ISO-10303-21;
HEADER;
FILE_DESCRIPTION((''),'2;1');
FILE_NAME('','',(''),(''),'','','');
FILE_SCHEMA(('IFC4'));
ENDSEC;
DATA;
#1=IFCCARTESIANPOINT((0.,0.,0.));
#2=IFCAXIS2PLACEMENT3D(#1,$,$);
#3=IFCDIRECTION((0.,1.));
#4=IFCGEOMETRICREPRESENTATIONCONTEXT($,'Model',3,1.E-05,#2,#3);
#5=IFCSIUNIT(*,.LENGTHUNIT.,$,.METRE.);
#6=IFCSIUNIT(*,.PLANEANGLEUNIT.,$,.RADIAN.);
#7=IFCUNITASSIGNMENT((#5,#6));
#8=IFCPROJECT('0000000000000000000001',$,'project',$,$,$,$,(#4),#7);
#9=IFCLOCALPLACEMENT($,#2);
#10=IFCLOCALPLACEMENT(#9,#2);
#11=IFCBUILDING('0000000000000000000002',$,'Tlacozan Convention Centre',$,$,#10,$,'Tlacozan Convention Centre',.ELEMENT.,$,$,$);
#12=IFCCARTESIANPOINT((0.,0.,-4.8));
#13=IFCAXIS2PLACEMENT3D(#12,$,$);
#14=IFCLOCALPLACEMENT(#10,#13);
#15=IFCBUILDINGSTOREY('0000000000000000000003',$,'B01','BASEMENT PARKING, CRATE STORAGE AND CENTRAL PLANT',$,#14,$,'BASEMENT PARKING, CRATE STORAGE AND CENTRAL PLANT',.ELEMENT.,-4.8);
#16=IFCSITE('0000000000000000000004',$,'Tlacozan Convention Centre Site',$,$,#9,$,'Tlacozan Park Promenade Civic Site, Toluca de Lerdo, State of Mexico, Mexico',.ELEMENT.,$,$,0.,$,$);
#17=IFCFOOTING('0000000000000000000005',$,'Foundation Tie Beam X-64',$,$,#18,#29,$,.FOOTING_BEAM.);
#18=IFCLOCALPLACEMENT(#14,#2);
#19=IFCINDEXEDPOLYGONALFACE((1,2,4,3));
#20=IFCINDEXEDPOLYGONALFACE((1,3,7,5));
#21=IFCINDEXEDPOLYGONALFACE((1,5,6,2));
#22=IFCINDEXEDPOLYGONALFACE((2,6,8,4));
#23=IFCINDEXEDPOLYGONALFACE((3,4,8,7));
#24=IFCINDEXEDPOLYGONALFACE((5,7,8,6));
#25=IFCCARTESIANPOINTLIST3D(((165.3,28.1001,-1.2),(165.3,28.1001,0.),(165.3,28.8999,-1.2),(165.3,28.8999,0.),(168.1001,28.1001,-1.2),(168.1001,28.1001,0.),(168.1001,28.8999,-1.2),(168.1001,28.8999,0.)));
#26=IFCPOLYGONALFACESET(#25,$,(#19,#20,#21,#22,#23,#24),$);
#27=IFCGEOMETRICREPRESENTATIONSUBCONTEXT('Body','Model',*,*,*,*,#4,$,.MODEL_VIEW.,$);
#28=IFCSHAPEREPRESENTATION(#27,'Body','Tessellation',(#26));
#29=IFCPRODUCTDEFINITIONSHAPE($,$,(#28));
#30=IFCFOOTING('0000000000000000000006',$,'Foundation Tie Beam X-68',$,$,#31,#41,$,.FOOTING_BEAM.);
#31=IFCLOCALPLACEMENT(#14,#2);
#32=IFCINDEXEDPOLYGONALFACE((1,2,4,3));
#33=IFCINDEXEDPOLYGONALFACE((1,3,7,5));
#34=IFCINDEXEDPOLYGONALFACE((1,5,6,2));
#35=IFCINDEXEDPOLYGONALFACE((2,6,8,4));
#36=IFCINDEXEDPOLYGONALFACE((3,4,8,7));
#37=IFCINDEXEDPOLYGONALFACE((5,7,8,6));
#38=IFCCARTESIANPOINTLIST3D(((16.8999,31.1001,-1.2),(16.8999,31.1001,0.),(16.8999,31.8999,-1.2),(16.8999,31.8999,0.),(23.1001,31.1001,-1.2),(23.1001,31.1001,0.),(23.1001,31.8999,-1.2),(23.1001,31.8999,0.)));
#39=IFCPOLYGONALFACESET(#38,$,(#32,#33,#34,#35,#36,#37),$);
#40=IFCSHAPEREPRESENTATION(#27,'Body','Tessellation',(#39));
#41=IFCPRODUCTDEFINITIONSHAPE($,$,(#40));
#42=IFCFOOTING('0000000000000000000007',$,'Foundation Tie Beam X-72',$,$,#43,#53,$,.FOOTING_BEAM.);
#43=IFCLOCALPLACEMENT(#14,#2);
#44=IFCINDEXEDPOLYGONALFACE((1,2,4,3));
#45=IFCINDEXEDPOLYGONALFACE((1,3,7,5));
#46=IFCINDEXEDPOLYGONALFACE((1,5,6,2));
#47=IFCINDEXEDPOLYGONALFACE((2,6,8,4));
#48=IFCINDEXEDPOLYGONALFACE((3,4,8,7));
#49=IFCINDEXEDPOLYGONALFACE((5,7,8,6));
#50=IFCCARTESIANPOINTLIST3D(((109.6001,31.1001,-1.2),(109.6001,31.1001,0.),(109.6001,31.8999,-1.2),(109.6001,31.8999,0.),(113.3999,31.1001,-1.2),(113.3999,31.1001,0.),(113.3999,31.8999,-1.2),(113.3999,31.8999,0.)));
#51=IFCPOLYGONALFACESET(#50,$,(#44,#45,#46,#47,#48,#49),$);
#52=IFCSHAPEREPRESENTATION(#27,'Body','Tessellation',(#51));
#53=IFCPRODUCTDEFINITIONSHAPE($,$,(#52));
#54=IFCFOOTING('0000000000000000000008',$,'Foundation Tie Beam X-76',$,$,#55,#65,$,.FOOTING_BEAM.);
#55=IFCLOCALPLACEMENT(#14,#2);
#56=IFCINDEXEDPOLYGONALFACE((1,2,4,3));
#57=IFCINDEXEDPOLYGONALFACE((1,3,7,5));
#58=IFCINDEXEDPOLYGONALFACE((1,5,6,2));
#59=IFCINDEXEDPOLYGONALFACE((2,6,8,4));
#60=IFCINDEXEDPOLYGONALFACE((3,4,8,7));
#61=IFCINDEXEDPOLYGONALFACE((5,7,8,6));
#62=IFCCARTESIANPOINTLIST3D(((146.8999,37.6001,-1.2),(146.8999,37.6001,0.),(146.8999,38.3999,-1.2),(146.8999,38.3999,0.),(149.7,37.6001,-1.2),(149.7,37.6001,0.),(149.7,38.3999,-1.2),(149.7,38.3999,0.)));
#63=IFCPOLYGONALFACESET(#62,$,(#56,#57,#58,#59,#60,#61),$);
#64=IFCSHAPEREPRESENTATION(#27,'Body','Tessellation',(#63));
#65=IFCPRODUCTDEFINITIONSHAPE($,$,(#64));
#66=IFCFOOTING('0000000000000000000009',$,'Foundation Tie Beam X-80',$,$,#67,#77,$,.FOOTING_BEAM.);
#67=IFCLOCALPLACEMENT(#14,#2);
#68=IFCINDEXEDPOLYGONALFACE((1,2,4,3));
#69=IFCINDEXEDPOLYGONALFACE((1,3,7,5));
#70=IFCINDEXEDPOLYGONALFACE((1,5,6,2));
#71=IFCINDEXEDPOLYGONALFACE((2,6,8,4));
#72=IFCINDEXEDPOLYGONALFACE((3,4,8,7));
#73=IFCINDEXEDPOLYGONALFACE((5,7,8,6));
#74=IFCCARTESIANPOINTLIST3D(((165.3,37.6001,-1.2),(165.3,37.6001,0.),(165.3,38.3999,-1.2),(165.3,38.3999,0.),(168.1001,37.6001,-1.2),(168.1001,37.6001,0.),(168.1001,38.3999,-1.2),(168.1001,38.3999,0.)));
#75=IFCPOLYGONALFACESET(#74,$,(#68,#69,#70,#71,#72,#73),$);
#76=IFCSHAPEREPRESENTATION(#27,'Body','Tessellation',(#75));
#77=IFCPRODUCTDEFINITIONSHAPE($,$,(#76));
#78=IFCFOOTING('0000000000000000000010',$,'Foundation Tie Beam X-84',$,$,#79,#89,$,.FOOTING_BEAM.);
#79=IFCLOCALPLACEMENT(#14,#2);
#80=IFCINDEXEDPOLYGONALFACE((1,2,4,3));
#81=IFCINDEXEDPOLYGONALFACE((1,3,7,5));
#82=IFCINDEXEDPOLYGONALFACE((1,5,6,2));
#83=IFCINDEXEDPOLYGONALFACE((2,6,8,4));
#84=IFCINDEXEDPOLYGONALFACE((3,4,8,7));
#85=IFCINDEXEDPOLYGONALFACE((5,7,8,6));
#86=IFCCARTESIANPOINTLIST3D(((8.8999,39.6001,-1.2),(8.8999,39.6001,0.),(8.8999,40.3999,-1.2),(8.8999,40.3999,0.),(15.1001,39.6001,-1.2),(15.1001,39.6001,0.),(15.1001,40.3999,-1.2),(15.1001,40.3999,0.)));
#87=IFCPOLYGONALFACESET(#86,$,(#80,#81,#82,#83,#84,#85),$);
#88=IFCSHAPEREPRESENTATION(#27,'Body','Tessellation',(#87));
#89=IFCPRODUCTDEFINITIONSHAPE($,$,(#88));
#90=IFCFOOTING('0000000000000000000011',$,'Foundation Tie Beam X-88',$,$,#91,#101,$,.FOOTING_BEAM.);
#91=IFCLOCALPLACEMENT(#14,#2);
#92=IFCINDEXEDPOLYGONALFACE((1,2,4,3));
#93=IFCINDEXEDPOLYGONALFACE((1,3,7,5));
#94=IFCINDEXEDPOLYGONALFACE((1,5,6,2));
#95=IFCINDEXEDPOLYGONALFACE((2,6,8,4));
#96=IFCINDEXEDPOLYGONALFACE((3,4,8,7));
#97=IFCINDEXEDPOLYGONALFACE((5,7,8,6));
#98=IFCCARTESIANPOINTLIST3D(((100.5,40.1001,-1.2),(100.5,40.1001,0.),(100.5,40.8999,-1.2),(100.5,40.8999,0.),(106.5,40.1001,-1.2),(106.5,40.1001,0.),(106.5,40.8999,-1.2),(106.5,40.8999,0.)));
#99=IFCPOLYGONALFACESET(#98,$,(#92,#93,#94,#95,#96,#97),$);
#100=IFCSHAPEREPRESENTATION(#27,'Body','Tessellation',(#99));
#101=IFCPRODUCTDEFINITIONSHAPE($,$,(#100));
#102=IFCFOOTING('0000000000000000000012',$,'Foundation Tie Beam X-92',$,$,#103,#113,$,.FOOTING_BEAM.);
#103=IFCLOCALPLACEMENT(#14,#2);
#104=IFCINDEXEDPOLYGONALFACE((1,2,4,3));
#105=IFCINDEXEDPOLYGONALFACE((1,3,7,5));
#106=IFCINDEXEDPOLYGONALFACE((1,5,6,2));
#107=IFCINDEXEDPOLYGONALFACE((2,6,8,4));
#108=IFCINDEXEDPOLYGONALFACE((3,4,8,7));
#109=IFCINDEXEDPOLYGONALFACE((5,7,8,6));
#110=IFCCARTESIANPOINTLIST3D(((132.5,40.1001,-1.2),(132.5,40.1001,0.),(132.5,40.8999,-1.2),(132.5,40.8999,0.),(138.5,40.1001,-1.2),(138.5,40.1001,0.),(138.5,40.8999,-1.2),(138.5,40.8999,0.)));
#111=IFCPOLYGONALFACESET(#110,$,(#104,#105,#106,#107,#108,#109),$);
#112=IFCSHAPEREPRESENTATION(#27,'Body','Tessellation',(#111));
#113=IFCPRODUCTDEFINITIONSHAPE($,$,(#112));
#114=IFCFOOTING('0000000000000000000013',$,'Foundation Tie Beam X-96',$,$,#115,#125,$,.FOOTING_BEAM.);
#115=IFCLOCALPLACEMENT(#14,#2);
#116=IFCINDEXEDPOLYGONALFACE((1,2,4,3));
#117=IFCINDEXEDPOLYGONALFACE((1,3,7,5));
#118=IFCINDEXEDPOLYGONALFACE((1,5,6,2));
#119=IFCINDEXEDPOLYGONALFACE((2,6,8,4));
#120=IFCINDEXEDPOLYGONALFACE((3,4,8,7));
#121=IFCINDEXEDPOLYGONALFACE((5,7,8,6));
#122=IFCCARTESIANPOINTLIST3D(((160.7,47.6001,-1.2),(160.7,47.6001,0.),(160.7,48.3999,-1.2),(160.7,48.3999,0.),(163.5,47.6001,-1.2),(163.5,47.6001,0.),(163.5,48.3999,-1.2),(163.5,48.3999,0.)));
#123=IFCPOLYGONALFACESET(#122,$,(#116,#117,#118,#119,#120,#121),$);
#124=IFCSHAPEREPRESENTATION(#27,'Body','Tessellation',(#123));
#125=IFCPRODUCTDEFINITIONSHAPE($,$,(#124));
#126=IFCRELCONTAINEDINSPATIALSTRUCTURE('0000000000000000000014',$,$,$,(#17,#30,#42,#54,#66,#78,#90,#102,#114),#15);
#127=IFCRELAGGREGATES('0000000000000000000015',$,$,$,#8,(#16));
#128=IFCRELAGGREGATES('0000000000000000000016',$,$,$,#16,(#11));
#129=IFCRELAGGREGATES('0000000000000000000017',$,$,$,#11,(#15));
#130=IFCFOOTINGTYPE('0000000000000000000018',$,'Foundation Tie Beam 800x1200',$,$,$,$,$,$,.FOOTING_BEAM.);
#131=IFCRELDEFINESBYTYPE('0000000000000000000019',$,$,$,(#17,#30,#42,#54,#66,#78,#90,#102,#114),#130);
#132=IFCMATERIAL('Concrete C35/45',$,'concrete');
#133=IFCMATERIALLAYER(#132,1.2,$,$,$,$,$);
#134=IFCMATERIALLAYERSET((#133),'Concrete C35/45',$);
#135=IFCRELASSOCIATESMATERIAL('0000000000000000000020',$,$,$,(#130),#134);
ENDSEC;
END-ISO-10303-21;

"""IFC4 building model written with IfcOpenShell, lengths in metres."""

from ifc_helpers import new_model, si_unit, direction, frame, origin, place, context, subcontext, project, spatial, polyline, outline, extrude, material, layer, layer_set, type_object, element, save


model = new_model("IFC4")

# Units and contexts
model_context = context("Model", 3, precision=1e-05, world=origin(), true_north=direction((0.0, 1.0)))
body_context = subcontext(model_context, "Body", "Model", "MODEL_VIEW")
ifc_project = project(units=[si_unit("LENGTHUNIT", "METRE"), si_unit("PLANEANGLEUNIT", "RADIAN")], contexts=[model_context])

# Site, building, storey
site_placement = place(None, origin())
site = spatial("IfcSite", under=ifc_project, at=site_placement, Name="Tlacozan Convention Centre Site", LongName="Tlacozan Park Promenade Civic Site, Toluca de Lerdo, State of Mexico, Mexico", CompositionType="ELEMENT", RefElevation=0.0)
building_placement = place(site_placement, origin())
building = spatial("IfcBuilding", under=site, at=building_placement, Name="Tlacozan Convention Centre", LongName="Tlacozan Convention Centre", CompositionType="ELEMENT")
storey_placement = place(building_placement, frame((0.0, 0.0, -4.8)))
storey = spatial("IfcBuildingStorey", under=building, at=storey_placement, Name="B01", Description="BASEMENT PARKING, CRATE STORAGE AND CENTRAL PLANT", LongName="BASEMENT PARKING, CRATE STORAGE AND CENTRAL PLANT", CompositionType="ELEMENT", Elevation=-4.8)

# Footings
ifc_material = material(Name="Concrete C35/45", Category="concrete")
ifc_layer = layer(ifc_material, 1.2)
ifc_layer_set = layer_set([ifc_layer], Name="Concrete C35/45")
footing_type = type_object("IfcFootingType", Name="Foundation Tie Beam 800x1200", PredefinedType="FOOTING_BEAM", material=ifc_layer_set)
footing_1_placement = place(storey_placement, frame((0.0, 0.0, -1.2)))
element("IfcFooting", 1, at=footing_1_placement, inside=storey, type_object=footing_type, Name="Foundation Tie Beam X-64", PredefinedType="FOOTING_BEAM", context=body_context, shape_type="SweptSolid", body=[
    extrude(outline(polyline([(165.3, 28.1001), (168.1001, 28.1001), (168.1001, 28.8999), (165.3, 28.8999), (165.3, 28.1001)])), origin(), (0.0, 0.0, 1.0), 1.2),
])
footing_2_placement = place(storey_placement, frame((0.0, 0.0, -1.2)))
element("IfcFooting", 2, at=footing_2_placement, inside=storey, type_object=footing_type, Name="Foundation Tie Beam X-68", PredefinedType="FOOTING_BEAM", context=body_context, shape_type="SweptSolid", body=[
    extrude(outline(polyline([(16.8999, 31.1001), (23.1001, 31.1001), (23.1001, 31.8999), (16.8999, 31.8999), (16.8999, 31.1001)])), origin(), (0.0, 0.0, 1.0), 1.2),
])
footing_3_placement = place(storey_placement, frame((0.0, 0.0, -1.2)))
element("IfcFooting", 3, at=footing_3_placement, inside=storey, type_object=footing_type, Name="Foundation Tie Beam X-72", PredefinedType="FOOTING_BEAM", context=body_context, shape_type="SweptSolid", body=[
    extrude(outline(polyline([(109.6001, 31.1001), (113.3999, 31.1001), (113.3999, 31.8999), (109.6001, 31.8999), (109.6001, 31.1001)])), origin(), (0.0, 0.0, 1.0), 1.2),
])
footing_4_placement = place(storey_placement, frame((0.0, 0.0, -1.2)))
element("IfcFooting", 4, at=footing_4_placement, inside=storey, type_object=footing_type, Name="Foundation Tie Beam X-76", PredefinedType="FOOTING_BEAM", context=body_context, shape_type="SweptSolid", body=[
    extrude(outline(polyline([(146.8999, 37.6001), (149.7, 37.6001), (149.7, 38.3999), (146.8999, 38.3999), (146.8999, 37.6001)])), origin(), (0.0, 0.0, 1.0), 1.2),
])
footing_5_placement = place(storey_placement, frame((0.0, 0.0, -1.2)))
element("IfcFooting", 5, at=footing_5_placement, inside=storey, type_object=footing_type, Name="Foundation Tie Beam X-80", PredefinedType="FOOTING_BEAM", context=body_context, shape_type="SweptSolid", body=[
    extrude(outline(polyline([(165.3, 37.6001), (168.1001, 37.6001), (168.1001, 38.3999), (165.3, 38.3999), (165.3, 37.6001)])), origin(), (0.0, 0.0, 1.0), 1.2),
])
footing_6_placement = place(storey_placement, frame((0.0, 0.0, -1.2)))
element("IfcFooting", 6, at=footing_6_placement, inside=storey, type_object=footing_type, Name="Foundation Tie Beam X-84", PredefinedType="FOOTING_BEAM", context=body_context, shape_type="SweptSolid", body=[
    extrude(outline(polyline([(8.8999, 39.6001), (15.1001, 39.6001), (15.1001, 40.3999), (8.8999, 40.3999), (8.8999, 39.6001)])), origin(), (0.0, 0.0, 1.0), 1.2),
])
footing_7_placement = place(storey_placement, frame((0.0, 0.0, -1.2)))
element("IfcFooting", 7, at=footing_7_placement, inside=storey, type_object=footing_type, Name="Foundation Tie Beam X-88", PredefinedType="FOOTING_BEAM", context=body_context, shape_type="SweptSolid", body=[
    extrude(outline(polyline([(100.5, 40.1001), (106.5, 40.1001), (106.5, 40.8999), (100.5, 40.8999), (100.5, 40.1001)])), origin(), (0.0, 0.0, 1.0), 1.2),
])
footing_8_placement = place(storey_placement, frame((0.0, 0.0, -1.2)))
element("IfcFooting", 8, at=footing_8_placement, inside=storey, type_object=footing_type, Name="Foundation Tie Beam X-92", PredefinedType="FOOTING_BEAM", context=body_context, shape_type="SweptSolid", body=[
    extrude(outline(polyline([(132.5, 40.1001), (138.5, 40.1001), (138.5, 40.8999), (132.5, 40.8999), (132.5, 40.1001)])), origin(), (0.0, 0.0, 1.0), 1.2),
])
footing_9_placement = place(storey_placement, frame((0.0, 0.0, -1.2)))
element("IfcFooting", 9, at=footing_9_placement, inside=storey, type_object=footing_type, Name="Foundation Tie Beam X-96", PredefinedType="FOOTING_BEAM", context=body_context, shape_type="SweptSolid", body=[
    extrude(outline(polyline([(160.7, 47.6001), (163.5, 47.6001), (163.5, 48.3999), (160.7, 48.3999), (160.7, 47.6001)])), origin(), (0.0, 0.0, 1.0), 1.2),
])

save(model, "model.ifc")
